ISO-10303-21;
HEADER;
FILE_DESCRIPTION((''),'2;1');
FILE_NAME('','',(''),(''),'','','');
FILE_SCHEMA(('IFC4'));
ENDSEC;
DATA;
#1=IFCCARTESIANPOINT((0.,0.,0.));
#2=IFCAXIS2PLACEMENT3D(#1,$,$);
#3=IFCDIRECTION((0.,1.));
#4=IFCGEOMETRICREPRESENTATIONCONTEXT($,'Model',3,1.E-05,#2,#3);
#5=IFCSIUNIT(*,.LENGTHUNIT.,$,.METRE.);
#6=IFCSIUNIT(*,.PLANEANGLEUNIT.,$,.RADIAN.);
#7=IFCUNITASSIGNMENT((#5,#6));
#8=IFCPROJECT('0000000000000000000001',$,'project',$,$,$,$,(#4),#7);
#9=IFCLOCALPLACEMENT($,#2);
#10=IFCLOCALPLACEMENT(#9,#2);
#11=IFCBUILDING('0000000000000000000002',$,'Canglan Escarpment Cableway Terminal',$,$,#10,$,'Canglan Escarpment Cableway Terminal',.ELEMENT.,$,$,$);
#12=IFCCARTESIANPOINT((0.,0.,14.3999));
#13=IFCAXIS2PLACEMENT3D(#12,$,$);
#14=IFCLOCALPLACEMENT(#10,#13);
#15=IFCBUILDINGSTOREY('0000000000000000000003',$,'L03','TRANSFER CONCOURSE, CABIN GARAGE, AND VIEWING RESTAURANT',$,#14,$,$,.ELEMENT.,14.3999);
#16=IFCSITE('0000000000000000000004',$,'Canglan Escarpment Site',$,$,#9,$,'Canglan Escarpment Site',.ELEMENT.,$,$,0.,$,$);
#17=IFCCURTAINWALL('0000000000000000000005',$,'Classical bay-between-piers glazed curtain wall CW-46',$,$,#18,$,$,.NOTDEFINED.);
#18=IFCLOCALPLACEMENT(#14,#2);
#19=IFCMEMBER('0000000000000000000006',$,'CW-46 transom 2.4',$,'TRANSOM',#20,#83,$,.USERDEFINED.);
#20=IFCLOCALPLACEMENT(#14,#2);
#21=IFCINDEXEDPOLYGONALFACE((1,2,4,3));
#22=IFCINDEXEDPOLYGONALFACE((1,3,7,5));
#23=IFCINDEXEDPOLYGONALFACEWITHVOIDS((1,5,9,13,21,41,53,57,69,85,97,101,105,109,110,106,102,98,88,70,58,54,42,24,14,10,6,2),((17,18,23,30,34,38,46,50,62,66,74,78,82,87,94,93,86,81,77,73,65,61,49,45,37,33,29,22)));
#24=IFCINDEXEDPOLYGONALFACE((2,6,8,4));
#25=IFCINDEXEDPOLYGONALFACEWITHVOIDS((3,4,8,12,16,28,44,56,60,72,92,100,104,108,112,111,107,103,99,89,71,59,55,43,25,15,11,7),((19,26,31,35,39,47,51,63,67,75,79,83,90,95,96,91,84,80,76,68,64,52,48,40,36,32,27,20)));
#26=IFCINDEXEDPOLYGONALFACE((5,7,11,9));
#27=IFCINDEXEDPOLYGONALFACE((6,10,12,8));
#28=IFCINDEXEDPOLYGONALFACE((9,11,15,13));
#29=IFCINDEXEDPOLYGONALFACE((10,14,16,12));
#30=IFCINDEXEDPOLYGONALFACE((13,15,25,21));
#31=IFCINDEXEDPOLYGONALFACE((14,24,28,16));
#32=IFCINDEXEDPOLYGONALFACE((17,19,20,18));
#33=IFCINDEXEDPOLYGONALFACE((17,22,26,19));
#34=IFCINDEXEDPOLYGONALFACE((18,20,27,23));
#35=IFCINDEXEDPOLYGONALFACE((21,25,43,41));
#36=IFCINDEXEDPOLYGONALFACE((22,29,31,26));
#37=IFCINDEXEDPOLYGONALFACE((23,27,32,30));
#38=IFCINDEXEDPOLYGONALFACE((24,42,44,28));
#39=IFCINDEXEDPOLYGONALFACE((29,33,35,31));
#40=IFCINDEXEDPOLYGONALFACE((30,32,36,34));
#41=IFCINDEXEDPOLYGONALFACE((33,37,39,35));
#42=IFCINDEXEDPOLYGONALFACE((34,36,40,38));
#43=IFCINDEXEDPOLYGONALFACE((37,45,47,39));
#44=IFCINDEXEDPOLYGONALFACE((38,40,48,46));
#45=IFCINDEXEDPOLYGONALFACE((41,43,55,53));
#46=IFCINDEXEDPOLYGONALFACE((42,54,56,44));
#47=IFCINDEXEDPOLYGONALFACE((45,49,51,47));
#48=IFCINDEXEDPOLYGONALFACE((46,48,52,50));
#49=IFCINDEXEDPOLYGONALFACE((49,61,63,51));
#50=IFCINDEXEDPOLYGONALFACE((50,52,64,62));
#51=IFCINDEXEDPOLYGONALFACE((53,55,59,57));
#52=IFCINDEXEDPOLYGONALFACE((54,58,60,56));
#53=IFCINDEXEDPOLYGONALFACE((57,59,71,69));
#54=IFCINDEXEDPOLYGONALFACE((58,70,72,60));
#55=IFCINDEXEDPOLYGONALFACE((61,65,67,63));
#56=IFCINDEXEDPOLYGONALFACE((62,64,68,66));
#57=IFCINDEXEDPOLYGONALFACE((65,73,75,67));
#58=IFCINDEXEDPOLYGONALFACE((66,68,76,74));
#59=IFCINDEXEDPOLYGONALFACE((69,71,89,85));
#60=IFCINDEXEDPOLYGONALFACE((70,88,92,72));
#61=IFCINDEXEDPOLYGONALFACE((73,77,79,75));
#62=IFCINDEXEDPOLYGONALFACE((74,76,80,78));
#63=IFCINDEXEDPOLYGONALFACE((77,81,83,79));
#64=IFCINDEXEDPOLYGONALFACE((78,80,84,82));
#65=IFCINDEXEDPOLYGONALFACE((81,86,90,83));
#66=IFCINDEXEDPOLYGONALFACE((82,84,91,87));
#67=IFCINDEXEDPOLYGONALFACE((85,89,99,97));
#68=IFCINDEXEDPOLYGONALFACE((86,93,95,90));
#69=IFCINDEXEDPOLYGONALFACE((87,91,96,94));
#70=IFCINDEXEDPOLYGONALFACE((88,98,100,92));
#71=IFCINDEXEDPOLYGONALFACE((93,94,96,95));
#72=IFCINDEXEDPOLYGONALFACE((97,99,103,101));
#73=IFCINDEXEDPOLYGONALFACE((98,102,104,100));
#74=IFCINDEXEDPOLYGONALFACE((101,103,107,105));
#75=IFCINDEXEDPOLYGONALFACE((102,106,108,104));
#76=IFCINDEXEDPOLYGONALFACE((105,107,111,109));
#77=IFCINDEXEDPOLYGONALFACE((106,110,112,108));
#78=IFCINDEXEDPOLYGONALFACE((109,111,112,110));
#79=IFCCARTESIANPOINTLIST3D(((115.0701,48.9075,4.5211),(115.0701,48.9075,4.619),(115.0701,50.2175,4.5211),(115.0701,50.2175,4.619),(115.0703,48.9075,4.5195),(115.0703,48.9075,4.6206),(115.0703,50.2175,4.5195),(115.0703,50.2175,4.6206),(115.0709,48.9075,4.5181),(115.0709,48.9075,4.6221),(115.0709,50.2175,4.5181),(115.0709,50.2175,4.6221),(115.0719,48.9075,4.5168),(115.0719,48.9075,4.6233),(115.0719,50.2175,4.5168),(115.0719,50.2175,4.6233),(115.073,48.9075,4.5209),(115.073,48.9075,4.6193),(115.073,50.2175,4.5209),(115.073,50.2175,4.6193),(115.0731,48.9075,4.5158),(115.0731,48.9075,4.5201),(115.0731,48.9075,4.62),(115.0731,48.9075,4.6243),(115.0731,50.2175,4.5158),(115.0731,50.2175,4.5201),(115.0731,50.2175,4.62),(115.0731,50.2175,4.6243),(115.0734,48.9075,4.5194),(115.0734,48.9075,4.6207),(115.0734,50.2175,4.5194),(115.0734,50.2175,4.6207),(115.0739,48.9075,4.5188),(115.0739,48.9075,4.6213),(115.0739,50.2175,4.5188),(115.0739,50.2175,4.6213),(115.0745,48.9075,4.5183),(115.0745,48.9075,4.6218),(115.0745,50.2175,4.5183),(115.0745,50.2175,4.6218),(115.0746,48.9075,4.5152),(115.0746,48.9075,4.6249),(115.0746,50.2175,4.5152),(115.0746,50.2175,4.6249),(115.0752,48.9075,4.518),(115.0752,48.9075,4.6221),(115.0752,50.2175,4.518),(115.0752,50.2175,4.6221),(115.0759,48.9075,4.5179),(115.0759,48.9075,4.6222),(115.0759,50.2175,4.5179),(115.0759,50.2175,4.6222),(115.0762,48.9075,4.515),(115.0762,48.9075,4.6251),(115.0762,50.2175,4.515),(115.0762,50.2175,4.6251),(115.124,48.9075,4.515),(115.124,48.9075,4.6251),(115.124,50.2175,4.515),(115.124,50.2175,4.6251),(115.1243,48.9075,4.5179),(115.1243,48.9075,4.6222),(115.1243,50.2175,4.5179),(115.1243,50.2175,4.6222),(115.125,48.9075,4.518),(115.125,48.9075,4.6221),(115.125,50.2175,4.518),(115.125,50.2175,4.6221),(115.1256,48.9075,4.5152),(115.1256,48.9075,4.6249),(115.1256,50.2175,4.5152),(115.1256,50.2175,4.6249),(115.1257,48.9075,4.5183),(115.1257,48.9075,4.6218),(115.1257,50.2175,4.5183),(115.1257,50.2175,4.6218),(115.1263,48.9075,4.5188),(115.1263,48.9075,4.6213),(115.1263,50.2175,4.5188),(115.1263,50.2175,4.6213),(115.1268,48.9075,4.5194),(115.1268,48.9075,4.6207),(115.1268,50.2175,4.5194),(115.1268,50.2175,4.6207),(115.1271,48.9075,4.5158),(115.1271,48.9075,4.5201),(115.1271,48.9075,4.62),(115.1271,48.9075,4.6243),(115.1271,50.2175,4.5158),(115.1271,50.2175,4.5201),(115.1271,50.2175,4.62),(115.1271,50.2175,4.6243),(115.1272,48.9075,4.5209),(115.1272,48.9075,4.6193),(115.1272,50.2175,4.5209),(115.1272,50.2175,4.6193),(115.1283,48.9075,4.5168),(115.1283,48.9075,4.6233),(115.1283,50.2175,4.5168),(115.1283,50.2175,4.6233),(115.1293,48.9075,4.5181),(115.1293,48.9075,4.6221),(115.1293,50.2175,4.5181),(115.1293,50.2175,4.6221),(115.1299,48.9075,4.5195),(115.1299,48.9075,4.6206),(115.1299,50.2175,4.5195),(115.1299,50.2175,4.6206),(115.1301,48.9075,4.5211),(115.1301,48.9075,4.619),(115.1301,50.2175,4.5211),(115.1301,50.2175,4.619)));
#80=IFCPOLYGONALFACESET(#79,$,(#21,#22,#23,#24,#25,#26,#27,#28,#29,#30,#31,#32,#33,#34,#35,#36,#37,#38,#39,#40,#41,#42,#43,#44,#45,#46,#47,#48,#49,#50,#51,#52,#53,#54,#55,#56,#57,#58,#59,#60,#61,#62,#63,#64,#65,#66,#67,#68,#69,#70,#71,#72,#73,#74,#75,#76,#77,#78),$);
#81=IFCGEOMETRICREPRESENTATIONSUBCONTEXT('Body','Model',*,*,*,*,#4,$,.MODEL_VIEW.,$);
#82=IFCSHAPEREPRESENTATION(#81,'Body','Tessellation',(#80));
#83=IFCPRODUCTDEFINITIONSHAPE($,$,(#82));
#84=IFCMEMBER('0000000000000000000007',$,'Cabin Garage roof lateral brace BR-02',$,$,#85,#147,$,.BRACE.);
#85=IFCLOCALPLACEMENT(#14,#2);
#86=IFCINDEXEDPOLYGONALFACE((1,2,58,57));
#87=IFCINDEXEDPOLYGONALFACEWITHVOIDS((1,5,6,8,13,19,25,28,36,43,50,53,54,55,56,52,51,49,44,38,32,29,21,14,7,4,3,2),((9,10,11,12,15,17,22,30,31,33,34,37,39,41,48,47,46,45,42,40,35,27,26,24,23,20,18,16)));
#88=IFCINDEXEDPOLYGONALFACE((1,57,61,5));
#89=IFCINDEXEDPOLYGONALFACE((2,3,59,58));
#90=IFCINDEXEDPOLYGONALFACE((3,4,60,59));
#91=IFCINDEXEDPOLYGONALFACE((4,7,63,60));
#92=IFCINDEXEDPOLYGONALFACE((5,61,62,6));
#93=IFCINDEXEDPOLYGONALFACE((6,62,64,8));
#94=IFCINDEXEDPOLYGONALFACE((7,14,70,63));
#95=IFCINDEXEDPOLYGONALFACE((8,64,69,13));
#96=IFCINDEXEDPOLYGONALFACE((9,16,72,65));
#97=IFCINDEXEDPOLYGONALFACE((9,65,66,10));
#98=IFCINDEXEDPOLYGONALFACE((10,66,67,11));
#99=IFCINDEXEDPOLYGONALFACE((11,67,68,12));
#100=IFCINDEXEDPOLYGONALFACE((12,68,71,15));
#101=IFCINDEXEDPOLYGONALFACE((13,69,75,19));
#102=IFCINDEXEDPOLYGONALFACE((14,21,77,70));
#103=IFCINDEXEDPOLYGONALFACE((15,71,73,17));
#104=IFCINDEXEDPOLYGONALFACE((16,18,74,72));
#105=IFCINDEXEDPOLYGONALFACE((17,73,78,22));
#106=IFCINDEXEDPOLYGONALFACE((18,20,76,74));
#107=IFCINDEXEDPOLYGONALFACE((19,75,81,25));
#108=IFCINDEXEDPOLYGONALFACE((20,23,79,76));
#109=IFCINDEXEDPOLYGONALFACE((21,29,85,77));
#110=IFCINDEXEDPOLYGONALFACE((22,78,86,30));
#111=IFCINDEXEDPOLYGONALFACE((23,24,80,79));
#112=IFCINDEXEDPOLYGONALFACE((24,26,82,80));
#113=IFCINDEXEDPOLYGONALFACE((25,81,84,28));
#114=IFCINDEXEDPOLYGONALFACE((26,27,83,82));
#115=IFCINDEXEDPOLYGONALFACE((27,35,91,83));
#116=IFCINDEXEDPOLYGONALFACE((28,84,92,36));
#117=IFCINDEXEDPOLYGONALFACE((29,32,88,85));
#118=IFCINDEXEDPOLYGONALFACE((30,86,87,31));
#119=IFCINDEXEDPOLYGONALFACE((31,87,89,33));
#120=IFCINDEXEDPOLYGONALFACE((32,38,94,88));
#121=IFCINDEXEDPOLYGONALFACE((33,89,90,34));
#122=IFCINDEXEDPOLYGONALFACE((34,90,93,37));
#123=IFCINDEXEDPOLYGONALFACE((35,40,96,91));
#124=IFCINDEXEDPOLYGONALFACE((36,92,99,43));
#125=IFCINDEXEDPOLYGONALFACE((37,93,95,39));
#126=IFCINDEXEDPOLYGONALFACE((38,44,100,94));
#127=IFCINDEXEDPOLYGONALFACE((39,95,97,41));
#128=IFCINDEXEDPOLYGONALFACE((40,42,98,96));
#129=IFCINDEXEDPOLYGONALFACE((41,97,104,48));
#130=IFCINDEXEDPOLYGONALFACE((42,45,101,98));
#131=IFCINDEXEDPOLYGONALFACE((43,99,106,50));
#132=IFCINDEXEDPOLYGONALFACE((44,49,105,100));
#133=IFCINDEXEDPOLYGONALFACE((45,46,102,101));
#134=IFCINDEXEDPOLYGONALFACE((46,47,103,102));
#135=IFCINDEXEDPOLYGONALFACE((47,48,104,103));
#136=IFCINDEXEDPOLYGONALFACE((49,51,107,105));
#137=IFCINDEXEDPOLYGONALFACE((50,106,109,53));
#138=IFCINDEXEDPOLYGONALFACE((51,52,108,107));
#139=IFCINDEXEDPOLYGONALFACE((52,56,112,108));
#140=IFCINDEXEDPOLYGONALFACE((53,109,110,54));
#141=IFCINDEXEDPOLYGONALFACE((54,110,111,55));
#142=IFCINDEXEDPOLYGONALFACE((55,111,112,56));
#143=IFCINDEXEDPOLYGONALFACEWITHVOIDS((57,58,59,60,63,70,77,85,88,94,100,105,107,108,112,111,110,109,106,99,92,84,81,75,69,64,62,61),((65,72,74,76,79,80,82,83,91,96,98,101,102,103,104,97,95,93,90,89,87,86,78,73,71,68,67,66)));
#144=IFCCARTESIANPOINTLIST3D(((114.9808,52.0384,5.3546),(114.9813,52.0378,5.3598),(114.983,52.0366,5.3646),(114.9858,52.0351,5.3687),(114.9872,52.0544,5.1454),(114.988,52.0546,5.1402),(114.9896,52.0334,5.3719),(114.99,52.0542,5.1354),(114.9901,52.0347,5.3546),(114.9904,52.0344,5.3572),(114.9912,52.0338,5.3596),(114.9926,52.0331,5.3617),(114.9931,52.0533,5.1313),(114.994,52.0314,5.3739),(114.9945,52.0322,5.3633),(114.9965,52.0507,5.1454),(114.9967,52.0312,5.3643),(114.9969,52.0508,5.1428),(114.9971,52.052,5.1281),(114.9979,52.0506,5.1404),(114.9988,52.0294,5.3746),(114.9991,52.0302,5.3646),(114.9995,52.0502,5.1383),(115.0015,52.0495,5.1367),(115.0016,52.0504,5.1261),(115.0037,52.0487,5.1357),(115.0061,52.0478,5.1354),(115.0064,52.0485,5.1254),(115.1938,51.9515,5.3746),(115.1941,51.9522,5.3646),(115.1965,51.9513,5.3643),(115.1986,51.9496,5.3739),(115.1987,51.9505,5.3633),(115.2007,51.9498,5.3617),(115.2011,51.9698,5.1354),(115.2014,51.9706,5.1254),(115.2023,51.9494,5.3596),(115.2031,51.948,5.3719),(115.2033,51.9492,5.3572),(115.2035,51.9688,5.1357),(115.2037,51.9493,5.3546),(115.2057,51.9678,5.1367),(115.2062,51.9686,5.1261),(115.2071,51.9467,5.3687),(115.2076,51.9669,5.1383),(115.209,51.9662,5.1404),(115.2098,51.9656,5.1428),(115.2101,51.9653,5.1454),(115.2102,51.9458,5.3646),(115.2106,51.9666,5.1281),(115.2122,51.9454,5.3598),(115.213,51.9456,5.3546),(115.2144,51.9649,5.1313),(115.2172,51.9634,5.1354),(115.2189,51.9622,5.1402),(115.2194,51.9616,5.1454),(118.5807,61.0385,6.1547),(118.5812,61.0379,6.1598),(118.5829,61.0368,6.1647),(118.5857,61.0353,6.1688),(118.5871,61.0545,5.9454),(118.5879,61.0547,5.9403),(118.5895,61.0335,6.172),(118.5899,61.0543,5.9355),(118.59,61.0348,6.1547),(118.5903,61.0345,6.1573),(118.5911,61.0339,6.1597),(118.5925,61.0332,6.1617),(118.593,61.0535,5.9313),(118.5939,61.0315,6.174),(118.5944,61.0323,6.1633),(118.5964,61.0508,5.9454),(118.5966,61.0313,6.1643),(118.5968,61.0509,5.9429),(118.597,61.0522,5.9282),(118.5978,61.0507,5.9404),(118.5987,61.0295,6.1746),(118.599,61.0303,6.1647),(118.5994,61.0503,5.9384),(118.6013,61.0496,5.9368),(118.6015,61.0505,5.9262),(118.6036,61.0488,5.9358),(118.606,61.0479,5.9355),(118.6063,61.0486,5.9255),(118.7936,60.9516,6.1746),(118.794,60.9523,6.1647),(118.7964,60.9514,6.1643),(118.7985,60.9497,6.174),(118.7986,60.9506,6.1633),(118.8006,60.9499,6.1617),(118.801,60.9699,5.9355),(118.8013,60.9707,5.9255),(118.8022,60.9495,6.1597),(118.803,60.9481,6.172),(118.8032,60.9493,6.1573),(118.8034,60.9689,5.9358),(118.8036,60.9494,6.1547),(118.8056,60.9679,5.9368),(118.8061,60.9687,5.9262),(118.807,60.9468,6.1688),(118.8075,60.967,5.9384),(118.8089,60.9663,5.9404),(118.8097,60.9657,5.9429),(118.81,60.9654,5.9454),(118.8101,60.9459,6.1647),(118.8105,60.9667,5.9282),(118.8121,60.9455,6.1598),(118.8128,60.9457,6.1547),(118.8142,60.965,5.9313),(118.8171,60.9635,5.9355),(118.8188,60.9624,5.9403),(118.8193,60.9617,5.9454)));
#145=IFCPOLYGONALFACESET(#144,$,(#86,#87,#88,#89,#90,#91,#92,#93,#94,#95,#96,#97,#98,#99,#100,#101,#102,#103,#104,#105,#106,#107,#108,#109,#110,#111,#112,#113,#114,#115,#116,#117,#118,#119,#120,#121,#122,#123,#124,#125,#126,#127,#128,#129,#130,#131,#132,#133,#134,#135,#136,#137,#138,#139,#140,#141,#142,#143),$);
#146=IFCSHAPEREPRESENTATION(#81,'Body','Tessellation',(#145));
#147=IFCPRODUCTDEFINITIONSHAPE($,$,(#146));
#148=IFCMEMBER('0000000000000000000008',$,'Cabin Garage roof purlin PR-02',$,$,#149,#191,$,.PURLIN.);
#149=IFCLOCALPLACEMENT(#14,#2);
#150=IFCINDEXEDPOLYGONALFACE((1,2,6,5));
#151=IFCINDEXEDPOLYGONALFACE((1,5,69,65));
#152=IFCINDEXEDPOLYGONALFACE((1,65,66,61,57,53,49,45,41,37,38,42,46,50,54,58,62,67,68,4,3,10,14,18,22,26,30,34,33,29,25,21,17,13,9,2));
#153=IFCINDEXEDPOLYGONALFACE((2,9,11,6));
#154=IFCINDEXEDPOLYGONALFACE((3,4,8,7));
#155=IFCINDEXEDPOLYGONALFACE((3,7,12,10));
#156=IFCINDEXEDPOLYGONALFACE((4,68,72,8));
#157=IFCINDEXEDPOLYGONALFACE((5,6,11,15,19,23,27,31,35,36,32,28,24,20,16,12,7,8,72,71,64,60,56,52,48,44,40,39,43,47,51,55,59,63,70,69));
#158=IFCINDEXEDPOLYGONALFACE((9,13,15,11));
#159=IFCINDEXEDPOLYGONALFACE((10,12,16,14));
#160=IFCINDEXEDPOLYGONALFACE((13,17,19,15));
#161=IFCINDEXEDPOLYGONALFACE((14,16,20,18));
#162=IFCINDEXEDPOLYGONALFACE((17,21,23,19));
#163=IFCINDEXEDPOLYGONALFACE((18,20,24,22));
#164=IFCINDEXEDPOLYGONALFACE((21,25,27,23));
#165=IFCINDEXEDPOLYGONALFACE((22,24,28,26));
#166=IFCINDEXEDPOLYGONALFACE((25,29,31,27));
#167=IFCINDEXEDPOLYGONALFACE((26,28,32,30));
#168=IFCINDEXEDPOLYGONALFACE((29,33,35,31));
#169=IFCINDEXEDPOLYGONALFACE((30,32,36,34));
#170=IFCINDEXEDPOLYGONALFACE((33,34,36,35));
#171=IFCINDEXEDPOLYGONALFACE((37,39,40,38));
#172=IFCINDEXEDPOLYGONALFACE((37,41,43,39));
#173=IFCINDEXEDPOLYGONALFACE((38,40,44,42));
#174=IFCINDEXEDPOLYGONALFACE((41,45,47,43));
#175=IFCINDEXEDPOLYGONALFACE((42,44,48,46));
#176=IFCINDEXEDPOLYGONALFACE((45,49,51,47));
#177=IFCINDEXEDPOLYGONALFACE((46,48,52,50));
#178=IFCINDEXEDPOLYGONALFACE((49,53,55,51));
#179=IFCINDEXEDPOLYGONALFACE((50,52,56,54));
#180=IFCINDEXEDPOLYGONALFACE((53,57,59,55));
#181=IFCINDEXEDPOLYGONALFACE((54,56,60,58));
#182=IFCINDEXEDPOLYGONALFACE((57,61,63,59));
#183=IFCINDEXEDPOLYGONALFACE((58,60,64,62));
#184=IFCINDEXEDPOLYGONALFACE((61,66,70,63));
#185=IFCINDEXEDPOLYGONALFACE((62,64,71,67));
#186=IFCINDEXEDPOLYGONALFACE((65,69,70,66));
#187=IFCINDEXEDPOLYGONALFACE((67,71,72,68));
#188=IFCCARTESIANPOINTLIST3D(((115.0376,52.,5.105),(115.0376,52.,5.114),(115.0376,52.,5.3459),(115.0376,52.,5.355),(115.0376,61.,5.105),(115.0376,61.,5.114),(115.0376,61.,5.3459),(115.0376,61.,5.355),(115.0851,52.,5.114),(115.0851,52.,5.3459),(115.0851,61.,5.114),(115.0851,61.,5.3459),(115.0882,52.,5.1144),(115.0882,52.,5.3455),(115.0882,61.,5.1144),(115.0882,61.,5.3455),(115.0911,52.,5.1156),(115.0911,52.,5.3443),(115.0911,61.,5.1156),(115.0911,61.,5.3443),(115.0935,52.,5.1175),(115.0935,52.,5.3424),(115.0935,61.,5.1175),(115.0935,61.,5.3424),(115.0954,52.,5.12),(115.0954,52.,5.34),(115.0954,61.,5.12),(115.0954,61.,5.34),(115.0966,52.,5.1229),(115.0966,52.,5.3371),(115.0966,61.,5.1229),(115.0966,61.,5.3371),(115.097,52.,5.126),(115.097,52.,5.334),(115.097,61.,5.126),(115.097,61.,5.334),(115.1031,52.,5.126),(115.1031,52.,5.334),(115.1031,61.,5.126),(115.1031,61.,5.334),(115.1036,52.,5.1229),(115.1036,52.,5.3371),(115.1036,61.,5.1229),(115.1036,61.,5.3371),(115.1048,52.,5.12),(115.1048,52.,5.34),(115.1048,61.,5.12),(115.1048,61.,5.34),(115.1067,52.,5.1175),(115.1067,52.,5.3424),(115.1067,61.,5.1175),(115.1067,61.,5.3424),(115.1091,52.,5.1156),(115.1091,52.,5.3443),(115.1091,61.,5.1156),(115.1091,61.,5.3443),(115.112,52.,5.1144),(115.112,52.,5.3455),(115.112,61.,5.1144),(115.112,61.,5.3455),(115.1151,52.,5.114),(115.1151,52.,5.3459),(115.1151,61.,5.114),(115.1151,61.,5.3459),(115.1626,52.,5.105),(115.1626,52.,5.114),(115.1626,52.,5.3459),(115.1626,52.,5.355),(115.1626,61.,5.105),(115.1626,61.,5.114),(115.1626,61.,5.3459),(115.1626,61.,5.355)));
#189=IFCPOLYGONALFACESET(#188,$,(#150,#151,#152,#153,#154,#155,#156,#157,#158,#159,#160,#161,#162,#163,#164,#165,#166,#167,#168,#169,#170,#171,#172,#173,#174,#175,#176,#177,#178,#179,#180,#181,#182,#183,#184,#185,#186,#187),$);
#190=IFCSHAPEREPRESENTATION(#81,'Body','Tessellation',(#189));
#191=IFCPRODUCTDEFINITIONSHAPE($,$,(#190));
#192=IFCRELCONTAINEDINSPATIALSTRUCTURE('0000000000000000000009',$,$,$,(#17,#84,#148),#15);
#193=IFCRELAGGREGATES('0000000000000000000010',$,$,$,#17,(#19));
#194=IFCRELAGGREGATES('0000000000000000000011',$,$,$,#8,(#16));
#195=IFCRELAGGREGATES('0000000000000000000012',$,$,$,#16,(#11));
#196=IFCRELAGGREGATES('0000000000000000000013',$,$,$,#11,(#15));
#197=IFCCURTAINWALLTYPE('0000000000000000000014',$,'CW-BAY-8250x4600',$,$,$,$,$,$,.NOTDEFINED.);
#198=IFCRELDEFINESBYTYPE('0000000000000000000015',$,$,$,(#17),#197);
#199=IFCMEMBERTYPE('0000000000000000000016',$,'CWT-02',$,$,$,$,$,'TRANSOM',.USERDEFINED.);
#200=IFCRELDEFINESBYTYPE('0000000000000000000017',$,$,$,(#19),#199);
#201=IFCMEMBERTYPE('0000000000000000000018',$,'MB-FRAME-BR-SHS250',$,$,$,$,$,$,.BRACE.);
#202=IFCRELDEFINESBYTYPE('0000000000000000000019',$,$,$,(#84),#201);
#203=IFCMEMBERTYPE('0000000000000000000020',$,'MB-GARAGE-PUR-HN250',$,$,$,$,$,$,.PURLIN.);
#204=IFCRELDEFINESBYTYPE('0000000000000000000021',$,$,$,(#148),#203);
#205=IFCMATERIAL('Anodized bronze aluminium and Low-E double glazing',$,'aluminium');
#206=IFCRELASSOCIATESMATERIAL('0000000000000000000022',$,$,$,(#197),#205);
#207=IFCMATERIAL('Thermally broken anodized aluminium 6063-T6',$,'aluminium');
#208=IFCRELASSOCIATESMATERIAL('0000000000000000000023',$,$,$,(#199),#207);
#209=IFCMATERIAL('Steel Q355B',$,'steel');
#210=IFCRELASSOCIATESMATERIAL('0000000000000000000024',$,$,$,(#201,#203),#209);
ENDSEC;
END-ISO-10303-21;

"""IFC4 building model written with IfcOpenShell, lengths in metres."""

from ifc_helpers import new_model, si_unit, direction, frame, origin, origin_2d, place, context, subcontext, project, spatial, hollow_rectangle, i_section, extrude, material, material_profile, profile_set, type_object, element, aggregate, save


model = new_model("IFC4")

# Units and contexts
model_context = context("Model", 3, precision=1e-05, world=origin(), true_north=direction((0.0, 1.0)))
body_context = subcontext(model_context, "Body", "Model", "MODEL_VIEW")
ifc_project = project(units=[si_unit("LENGTHUNIT", "METRE"), si_unit("PLANEANGLEUNIT", "RADIAN")], contexts=[model_context])

# Site, building, storey
site_placement = place(None, origin())
site = spatial("IfcSite", under=ifc_project, at=site_placement, Name="Canglan Escarpment Site", LongName="Canglan Escarpment Site", CompositionType="ELEMENT", RefElevation=0.0)
building_placement = place(site_placement, origin())
building = spatial("IfcBuilding", under=site, at=building_placement, Name="Canglan Escarpment Cableway Terminal", LongName="Canglan Escarpment Cableway Terminal", CompositionType="ELEMENT")
storey_placement = place(building_placement, frame((0.0, 0.0, 14.3999)))
storey = spatial("IfcBuildingStorey", under=building, at=storey_placement, Name="L03", Description="TRANSFER CONCOURSE, CABIN GARAGE, AND VIEWING RESTAURANT", CompositionType="ELEMENT", Elevation=14.3999)

# Shared definitions
ifc_material_1 = material(Name="Steel Q355B", Category="steel")

# Curtain wall, member
ifc_material_2 = material(Name="Anodized bronze aluminium and Low-E double glazing", Category="aluminium")
curtain_wall_type = type_object("IfcCurtainWallType", Name="CW-BAY-8250x4600", PredefinedType="NOTDEFINED", material=ifc_material_2)
curtain_wall_placement = place(storey_placement, origin())
curtain_wall = element("IfcCurtainWall", 1, at=curtain_wall_placement, inside=storey, type_object=curtain_wall_type, Name="Classical bay-between-piers glazed curtain wall CW-46", PredefinedType="NOTDEFINED")
ifc_material_3 = material(Name="Thermally broken anodized aluminium 6063-T6", Category="aluminium")
ifc_material_profile_1 = material_profile(ifc_material_3, hollow_rectangle(XDim=0.0601, YDim=0.1101, WallThickness=0.0029, InnerFilletRadius=0.0029, OuterFilletRadius=0.0061, at=origin_2d()), Name="ALU-TRAN 60x110x3")
ifc_profile_set_1 = profile_set([ifc_material_profile_1], Name="Thermally broken anodized aluminium 6063-T6")
member_type_1 = type_object("IfcMemberType", Name="CWT-02", ElementType="TRANSOM", PredefinedType="USERDEFINED", material=ifc_profile_set_1)
member_1_placement = place(storey_placement, frame((115.1001, 50.2175, 4.5701), z_axis=(0.0, -1.0, 0.0), x_axis=(1.0, 0.0, 0.0)))
member_1 = element("IfcMember", 2, at=member_1_placement, type_object=member_type_1, Name="CW-46 transom 2.4", ObjectType="TRANSOM", PredefinedType="USERDEFINED", context=body_context, shape_type="SweptSolid", body=[
    extrude(hollow_rectangle(XDim=0.0601, YDim=0.1101, WallThickness=0.0029, InnerFilletRadius=0.0029, OuterFilletRadius=0.0061, at=origin_2d()), origin(), (0.0, 0.0, 1.0), 1.3101),
])

# Members
ifc_material_profile_2 = material_profile(ifc_material_1, hollow_rectangle(XDim=0.25, YDim=0.25, WallThickness=0.01, InnerFilletRadius=0.01, OuterFilletRadius=0.02, at=origin_2d()), Name="SHS 250x250x10")
ifc_profile_set_2 = profile_set([ifc_material_profile_2], Name="Steel Q355B")
member_type_2 = type_object("IfcMemberType", Name="MB-FRAME-BR-SHS250", PredefinedType="BRACE", material=ifc_profile_set_2)
member_2_placement = place(storey_placement, frame((115.1001, 52.0, 5.25), z_axis=(0.370119, 0.925335, 0.082257), x_axis=(-0.928482, 0.371378, 0.0)))
element("IfcMember", 3, at=member_2_placement, inside=storey, type_object=member_type_2, Name="Cabin Garage roof lateral brace BR-02", PredefinedType="BRACE", context=body_context, shape_type="SweptSolid", body=[
    extrude(hollow_rectangle(XDim=0.25, YDim=0.25, WallThickness=0.01, InnerFilletRadius=0.01, OuterFilletRadius=0.02, at=origin_2d()), origin(), (0.0, 0.0, 1.0), 9.7263),
])
ifc_material_profile_3 = material_profile(ifc_material_1, i_section(OverallWidth=0.125, OverallDepth=0.25, WebThickness=0.0061, FlangeThickness=0.009, FilletRadius=0.012, at=origin_2d()), Name="HN 250x125x6x9")
ifc_profile_set_3 = profile_set([ifc_material_profile_3], Name="Steel Q355B")
member_type_3 = type_object("IfcMemberType", Name="MB-GARAGE-PUR-HN250", PredefinedType="PURLIN", material=ifc_profile_set_3)
member_3_placement = place(storey_placement, frame((115.1001, 52.0, 5.23), z_axis=(0.0, 1.0, 0.0), x_axis=(-1.0, 0.0, 0.0)))
element("IfcMember", 4, at=member_3_placement, inside=storey, type_object=member_type_3, Name="Cabin Garage roof purlin PR-02", PredefinedType="PURLIN", context=body_context, shape_type="SweptSolid", body=[
    extrude(i_section(OverallWidth=0.125, OverallDepth=0.25, WebThickness=0.0061, FlangeThickness=0.009, FilletRadius=0.012, at=origin_2d()), origin(), (0.0, 0.0, 1.0), 9.0),
])

aggregate(curtain_wall, [member_1])

save(model, "model.ifc")
